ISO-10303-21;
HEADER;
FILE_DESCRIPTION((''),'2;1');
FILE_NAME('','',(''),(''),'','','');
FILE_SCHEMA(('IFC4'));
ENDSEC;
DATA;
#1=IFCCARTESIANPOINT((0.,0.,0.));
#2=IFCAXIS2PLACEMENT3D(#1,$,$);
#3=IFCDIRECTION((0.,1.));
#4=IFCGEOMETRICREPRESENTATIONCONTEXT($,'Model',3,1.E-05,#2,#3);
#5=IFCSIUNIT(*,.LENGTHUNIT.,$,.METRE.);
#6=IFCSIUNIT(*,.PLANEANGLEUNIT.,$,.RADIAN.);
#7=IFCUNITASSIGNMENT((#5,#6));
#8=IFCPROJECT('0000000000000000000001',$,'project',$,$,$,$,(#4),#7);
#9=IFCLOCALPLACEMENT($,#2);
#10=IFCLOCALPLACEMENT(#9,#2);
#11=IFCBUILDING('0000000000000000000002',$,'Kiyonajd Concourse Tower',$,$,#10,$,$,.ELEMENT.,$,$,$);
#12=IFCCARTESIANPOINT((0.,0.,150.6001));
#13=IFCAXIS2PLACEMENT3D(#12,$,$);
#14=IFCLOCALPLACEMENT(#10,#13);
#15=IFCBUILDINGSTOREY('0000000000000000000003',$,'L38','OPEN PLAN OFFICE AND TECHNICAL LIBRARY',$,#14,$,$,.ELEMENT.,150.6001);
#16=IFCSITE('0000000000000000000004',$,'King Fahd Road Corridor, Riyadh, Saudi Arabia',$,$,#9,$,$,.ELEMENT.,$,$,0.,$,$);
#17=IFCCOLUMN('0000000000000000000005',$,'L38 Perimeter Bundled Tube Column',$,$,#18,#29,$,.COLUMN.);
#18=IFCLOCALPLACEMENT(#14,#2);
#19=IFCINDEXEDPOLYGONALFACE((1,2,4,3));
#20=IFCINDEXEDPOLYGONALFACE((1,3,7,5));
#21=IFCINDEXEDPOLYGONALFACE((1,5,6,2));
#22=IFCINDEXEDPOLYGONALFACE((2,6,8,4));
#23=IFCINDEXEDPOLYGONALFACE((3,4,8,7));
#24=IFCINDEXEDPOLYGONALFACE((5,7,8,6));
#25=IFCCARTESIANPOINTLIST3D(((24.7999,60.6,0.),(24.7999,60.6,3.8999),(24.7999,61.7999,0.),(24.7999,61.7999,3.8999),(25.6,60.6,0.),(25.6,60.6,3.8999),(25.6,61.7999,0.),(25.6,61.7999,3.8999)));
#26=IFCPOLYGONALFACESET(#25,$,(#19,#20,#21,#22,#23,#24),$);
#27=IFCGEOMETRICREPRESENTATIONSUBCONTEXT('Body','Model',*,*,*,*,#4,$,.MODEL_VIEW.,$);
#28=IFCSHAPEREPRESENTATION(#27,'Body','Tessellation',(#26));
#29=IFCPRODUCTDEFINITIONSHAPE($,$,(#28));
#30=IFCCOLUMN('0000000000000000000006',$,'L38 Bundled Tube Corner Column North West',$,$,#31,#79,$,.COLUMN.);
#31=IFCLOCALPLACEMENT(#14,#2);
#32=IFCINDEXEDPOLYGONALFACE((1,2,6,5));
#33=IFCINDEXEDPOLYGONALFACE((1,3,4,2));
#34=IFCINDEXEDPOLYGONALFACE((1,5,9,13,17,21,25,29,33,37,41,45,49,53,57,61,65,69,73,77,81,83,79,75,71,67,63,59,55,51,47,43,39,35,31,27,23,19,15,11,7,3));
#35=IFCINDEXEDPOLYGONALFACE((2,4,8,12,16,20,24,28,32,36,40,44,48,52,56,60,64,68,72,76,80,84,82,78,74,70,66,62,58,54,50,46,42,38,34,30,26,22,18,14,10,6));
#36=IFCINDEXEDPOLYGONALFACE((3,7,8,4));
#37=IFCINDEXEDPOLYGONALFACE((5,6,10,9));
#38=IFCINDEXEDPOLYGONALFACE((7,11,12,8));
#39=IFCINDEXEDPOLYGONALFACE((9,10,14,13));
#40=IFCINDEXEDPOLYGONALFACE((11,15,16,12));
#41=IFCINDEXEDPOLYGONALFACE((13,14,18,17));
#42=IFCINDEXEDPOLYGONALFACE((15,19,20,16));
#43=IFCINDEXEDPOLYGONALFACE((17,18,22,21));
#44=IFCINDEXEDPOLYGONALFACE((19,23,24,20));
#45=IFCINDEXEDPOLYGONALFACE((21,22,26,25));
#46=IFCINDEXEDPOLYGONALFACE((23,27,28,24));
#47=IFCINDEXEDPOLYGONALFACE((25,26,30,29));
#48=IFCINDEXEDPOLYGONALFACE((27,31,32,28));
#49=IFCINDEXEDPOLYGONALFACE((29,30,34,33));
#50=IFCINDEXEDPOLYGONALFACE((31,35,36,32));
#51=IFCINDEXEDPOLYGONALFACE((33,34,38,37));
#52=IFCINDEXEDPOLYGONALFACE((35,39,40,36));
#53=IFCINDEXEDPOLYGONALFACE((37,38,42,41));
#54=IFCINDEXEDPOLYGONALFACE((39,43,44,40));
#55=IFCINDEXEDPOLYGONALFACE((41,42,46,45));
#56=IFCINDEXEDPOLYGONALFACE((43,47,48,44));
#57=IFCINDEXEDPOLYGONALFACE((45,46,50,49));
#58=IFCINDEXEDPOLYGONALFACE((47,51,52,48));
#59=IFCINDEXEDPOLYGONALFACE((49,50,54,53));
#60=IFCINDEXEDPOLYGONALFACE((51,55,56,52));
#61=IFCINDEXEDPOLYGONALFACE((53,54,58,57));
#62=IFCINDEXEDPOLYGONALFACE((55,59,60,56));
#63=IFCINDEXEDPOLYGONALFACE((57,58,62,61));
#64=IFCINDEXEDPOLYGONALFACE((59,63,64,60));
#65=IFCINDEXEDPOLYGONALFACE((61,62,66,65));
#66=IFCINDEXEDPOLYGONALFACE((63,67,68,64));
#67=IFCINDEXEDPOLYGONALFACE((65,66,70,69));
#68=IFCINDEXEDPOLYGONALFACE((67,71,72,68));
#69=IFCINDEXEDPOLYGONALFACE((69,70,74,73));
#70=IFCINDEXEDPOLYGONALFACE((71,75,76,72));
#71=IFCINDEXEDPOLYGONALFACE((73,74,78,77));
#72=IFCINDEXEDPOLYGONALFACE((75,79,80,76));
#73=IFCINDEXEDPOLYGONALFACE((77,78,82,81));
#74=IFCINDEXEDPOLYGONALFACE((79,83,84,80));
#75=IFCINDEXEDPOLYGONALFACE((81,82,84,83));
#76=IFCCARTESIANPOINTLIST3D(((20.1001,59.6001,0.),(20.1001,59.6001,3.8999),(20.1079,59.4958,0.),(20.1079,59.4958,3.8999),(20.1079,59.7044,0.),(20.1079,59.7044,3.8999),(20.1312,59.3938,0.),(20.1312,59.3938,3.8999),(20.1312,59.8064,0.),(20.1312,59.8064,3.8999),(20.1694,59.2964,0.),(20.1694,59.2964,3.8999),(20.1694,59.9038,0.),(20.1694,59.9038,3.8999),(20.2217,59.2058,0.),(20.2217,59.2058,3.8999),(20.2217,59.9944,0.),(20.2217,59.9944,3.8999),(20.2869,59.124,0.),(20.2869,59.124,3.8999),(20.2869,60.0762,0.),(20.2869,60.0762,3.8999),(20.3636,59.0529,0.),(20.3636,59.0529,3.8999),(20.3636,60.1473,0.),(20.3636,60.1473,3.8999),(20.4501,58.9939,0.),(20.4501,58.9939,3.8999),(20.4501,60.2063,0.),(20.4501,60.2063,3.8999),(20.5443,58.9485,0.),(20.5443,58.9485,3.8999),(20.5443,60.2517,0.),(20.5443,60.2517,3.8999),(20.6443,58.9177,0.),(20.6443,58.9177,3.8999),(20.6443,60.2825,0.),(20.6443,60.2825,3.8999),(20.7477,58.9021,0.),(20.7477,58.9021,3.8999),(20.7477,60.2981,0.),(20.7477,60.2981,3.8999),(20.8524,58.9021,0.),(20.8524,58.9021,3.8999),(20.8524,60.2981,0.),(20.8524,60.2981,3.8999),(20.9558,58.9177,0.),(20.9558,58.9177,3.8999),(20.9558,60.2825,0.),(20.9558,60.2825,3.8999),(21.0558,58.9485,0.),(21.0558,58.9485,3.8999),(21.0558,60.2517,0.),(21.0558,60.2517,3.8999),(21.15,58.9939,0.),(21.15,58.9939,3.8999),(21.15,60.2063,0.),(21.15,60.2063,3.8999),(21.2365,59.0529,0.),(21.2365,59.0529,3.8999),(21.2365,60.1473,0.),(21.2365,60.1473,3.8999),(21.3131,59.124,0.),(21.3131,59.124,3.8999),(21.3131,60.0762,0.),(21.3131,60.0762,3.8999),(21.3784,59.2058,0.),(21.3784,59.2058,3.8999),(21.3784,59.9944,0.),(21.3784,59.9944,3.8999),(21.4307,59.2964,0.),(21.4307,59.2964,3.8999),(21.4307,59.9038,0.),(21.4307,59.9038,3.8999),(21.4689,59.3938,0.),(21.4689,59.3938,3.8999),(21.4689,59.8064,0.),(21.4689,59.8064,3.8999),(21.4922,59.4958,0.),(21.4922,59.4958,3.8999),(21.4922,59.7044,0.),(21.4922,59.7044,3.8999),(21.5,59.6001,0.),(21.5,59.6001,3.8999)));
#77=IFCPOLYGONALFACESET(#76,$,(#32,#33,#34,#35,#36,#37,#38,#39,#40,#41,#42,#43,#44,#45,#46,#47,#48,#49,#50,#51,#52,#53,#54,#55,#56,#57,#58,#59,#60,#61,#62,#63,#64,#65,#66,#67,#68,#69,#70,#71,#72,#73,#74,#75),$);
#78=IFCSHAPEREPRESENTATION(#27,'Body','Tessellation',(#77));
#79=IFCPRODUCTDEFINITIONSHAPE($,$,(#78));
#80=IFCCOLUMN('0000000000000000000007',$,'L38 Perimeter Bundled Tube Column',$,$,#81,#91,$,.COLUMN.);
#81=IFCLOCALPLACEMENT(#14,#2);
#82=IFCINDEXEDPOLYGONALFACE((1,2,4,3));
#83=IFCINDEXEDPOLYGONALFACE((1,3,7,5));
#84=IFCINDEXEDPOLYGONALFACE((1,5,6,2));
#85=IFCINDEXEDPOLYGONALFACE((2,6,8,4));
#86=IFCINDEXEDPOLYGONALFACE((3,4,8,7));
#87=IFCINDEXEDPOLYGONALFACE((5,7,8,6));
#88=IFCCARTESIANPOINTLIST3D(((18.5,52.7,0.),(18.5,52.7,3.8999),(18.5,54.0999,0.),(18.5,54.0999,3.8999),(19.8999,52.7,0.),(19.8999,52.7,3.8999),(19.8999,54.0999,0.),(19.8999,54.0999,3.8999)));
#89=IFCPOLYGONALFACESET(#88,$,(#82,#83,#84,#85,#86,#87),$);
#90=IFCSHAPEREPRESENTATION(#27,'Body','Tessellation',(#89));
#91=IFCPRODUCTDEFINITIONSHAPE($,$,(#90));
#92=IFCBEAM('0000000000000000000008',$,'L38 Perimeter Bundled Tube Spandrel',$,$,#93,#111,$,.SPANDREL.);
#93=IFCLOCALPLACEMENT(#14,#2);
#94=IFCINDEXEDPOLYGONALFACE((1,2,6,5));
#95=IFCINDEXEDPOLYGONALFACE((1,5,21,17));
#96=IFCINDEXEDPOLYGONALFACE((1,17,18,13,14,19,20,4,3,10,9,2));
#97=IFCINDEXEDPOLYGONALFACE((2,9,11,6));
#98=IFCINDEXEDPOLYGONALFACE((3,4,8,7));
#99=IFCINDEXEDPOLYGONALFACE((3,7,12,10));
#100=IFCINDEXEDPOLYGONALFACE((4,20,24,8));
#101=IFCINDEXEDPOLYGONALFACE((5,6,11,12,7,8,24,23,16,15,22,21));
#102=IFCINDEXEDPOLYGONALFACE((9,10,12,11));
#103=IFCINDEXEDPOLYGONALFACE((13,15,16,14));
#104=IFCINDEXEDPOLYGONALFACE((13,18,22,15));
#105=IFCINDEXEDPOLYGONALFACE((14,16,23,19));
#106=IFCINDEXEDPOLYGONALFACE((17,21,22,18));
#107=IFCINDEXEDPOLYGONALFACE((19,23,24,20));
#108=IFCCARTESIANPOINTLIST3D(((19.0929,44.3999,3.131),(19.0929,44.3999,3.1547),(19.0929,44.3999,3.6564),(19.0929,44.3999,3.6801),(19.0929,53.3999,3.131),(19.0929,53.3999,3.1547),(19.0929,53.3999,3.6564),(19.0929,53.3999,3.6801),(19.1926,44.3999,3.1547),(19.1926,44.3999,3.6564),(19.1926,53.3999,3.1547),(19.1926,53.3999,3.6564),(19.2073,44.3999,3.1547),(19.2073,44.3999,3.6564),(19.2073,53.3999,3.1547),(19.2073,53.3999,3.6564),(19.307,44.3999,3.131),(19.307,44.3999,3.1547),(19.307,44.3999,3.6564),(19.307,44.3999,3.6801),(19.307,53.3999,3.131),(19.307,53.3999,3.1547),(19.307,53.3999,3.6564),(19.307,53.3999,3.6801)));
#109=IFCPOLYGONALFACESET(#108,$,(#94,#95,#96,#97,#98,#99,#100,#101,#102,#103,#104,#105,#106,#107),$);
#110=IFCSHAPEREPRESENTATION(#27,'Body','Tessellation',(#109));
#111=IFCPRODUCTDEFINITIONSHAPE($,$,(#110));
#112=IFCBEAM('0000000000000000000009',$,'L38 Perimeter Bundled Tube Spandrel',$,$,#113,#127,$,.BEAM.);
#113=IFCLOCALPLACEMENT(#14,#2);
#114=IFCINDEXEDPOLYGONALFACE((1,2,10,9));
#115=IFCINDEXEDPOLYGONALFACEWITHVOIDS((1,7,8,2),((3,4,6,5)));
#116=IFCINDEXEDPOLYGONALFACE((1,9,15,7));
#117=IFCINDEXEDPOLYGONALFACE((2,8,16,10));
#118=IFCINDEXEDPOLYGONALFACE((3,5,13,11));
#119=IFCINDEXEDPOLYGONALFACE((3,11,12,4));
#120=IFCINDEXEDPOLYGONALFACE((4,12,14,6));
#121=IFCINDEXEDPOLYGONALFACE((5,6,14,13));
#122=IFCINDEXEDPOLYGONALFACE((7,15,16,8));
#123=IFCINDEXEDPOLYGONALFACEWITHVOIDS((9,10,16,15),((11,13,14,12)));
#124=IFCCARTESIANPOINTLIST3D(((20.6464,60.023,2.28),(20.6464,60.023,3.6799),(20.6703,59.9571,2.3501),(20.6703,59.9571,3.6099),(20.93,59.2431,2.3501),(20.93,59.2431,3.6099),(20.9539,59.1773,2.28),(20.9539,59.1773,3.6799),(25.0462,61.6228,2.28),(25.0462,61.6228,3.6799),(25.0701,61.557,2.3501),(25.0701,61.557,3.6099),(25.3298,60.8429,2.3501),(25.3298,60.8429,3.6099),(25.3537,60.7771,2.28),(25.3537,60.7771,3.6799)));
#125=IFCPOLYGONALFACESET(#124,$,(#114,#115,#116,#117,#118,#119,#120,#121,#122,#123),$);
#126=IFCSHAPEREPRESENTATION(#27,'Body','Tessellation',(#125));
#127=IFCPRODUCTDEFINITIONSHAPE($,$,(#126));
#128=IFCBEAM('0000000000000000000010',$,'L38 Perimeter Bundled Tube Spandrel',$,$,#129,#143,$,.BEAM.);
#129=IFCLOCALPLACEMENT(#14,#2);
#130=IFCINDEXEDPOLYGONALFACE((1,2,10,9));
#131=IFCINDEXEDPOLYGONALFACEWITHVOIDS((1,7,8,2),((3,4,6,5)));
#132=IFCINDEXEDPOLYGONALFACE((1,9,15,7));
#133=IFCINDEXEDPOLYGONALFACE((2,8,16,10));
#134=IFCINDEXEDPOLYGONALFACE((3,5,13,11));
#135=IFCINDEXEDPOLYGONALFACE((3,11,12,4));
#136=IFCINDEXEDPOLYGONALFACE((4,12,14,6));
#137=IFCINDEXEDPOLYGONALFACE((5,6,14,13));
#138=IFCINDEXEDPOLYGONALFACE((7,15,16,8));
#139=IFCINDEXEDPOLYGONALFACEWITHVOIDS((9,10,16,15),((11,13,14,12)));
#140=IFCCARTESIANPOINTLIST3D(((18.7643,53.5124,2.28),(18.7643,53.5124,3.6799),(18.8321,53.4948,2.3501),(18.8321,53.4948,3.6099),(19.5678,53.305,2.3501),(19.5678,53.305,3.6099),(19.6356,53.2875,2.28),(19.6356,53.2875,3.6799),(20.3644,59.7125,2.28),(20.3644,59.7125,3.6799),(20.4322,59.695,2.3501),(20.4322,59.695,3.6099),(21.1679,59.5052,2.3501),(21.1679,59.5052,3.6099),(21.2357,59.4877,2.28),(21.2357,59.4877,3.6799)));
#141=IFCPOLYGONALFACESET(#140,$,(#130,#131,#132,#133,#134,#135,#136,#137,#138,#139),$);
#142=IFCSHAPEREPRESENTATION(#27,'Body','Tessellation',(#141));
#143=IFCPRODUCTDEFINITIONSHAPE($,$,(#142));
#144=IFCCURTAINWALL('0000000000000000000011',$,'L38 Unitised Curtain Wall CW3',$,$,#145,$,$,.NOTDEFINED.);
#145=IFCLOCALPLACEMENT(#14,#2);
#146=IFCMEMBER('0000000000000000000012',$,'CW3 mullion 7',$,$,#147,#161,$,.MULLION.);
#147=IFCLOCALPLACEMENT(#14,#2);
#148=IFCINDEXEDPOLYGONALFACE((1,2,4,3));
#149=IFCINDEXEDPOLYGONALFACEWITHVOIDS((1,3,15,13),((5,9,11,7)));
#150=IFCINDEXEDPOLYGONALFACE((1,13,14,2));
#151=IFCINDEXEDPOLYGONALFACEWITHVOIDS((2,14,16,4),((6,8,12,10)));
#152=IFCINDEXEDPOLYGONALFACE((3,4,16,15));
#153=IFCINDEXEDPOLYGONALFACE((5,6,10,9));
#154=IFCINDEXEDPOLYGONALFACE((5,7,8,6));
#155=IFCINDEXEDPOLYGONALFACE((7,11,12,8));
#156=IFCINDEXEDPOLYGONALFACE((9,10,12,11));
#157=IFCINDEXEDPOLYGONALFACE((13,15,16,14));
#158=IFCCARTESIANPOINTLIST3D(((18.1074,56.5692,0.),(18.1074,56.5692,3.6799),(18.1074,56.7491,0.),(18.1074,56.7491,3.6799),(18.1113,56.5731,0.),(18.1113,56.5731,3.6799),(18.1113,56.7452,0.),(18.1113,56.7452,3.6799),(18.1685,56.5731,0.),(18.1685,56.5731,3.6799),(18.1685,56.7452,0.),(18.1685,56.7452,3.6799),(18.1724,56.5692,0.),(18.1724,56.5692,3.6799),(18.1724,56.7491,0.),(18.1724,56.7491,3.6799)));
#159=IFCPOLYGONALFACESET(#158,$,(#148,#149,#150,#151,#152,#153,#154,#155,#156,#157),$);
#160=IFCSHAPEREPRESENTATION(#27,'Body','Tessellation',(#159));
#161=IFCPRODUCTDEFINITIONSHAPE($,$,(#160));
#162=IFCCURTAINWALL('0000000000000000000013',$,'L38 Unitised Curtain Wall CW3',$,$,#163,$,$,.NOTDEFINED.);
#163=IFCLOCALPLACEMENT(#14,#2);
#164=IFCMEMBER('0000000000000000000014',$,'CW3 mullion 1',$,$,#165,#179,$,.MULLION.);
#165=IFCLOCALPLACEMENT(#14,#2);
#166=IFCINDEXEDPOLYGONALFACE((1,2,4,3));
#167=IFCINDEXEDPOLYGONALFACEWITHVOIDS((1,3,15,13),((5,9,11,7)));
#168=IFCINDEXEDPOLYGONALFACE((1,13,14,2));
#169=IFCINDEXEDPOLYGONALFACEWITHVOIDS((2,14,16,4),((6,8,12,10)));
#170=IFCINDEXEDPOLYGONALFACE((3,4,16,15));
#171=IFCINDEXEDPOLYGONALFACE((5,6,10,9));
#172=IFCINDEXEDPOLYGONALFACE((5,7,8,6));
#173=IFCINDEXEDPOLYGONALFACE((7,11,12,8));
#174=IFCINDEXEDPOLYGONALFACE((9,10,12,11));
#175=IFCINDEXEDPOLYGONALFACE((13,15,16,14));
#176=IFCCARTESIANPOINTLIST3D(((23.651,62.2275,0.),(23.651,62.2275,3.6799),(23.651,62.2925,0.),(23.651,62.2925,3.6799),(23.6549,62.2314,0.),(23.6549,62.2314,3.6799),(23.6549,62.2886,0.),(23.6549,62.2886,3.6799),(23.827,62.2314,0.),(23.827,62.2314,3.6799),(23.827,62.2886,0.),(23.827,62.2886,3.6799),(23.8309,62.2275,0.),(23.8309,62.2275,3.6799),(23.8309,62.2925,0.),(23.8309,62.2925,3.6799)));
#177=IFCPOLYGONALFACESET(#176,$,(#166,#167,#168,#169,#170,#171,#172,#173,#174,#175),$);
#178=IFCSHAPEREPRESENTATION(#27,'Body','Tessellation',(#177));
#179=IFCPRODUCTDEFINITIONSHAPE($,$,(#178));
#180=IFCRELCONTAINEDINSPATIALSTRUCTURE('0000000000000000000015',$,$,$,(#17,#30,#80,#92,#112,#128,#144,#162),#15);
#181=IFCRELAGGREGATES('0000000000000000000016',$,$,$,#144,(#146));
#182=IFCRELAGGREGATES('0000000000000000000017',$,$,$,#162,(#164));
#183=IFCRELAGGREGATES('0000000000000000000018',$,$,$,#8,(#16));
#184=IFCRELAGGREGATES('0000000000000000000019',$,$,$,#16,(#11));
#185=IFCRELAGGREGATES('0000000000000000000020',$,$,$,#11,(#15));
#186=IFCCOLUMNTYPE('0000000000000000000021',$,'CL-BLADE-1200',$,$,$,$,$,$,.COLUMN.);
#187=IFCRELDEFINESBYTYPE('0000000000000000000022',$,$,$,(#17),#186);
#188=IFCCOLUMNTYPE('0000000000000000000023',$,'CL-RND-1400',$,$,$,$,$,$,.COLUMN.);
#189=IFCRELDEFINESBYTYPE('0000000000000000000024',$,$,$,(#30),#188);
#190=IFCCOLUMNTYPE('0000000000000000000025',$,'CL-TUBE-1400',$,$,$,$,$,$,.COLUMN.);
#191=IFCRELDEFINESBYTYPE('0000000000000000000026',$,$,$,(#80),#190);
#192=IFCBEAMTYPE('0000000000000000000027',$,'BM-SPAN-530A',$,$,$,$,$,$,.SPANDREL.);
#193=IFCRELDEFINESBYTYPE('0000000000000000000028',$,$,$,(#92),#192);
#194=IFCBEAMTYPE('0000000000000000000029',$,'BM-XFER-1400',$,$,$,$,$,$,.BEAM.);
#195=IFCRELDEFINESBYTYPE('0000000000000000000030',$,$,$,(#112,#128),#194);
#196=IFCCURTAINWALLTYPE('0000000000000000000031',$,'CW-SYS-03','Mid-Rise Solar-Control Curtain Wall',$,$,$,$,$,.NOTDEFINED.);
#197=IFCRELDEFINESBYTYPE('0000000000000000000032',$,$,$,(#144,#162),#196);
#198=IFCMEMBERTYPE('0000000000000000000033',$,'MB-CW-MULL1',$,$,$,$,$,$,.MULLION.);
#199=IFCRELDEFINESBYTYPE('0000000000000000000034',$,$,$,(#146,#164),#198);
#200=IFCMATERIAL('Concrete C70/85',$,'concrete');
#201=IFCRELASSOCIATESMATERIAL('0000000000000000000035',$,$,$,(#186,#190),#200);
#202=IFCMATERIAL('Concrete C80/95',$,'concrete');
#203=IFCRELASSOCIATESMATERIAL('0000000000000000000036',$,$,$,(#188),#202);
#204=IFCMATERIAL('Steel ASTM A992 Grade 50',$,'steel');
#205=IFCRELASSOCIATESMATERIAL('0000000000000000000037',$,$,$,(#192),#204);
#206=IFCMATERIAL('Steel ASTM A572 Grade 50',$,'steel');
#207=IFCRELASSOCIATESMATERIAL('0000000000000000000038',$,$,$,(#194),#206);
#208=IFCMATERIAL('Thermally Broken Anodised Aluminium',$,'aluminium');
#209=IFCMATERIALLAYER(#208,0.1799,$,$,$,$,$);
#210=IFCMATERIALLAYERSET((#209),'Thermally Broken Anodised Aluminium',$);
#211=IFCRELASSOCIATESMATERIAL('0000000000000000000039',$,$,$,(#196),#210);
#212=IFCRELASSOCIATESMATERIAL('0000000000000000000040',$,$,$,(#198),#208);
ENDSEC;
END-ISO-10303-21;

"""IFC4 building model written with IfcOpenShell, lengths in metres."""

from ifc_helpers import new_model, si_unit, direction, frame, origin, origin_2d, place, context, subcontext, project, spatial, rectangle, hollow_rectangle, circle, i_section, extrude, material, layer, layer_set, material_profile, profile_set, type_object, element, aggregate, save


model = new_model("IFC4")

# Units and contexts
model_context = context("Model", 3, precision=1e-05, world=origin(), true_north=direction((0.0, 1.0)))
body_context = subcontext(model_context, "Body", "Model", "MODEL_VIEW")
ifc_project = project(units=[si_unit("LENGTHUNIT", "METRE"), si_unit("PLANEANGLEUNIT", "RADIAN")], contexts=[model_context])

# Site, building, storey
site_placement = place(None, origin())
site = spatial("IfcSite", under=ifc_project, at=site_placement, Name="King Fahd Road Corridor, Riyadh, Saudi Arabia", CompositionType="ELEMENT", RefElevation=0.0)
building_placement = place(site_placement, origin())
building = spatial("IfcBuilding", under=site, at=building_placement, Name="Kiyonajd Concourse Tower", CompositionType="ELEMENT")
storey_placement = place(building_placement, frame((0.0, 0.0, 150.6001)))
storey = spatial("IfcBuildingStorey", under=building, at=storey_placement, Name="L38", Description="OPEN PLAN OFFICE AND TECHNICAL LIBRARY", CompositionType="ELEMENT", Elevation=150.6001)

# Columns
ifc_material_1 = material(Name="Concrete C70/85", Category="concrete")
ifc_material_profile_1 = material_profile(ifc_material_1, rectangle(XDim=0.8, YDim=1.2, at=origin_2d()), Name="RC-1200x800")
ifc_profile_set_1 = profile_set([ifc_material_profile_1], Name="Concrete C70/85")
column_type_1 = type_object("IfcColumnType", Name="CL-BLADE-1200", PredefinedType="COLUMN", material=ifc_profile_set_1)
column_1_placement = place(storey_placement, frame((25.2, 61.2, 0.0), z_axis=(0.0, 0.0, 1.0), x_axis=(1.0, 0.0, 0.0)))
element("IfcColumn", 1, at=column_1_placement, inside=storey, type_object=column_type_1, Name="L38 Perimeter Bundled Tube Column", PredefinedType="COLUMN", context=body_context, shape_type="SweptSolid", body=[
    extrude(rectangle(XDim=0.8, YDim=1.2, at=origin_2d()), origin(), (0.0, 0.0, 1.0), 3.8999),
])
ifc_material_2 = material(Name="Concrete C80/95", Category="concrete")
ifc_material_profile_2 = material_profile(ifc_material_2, circle(Radius=0.7, at=origin_2d()), Name="RCC-D1400")
ifc_profile_set_2 = profile_set([ifc_material_profile_2], Name="Concrete C80/95")
column_type_2 = type_object("IfcColumnType", Name="CL-RND-1400", PredefinedType="COLUMN", material=ifc_profile_set_2)
column_2_placement = place(storey_placement, frame((20.8, 59.6001, 0.0), z_axis=(0.0, 0.0, 1.0), x_axis=(1.0, 0.0, 0.0)))
element("IfcColumn", 2, at=column_2_placement, inside=storey, type_object=column_type_2, Name="L38 Bundled Tube Corner Column North West", PredefinedType="COLUMN", context=body_context, shape_type="SweptSolid", body=[
    extrude(circle(Radius=0.7, at=origin_2d()), origin(), (0.0, 0.0, 1.0), 3.8999),
])
ifc_material_profile_3 = material_profile(ifc_material_1, rectangle(XDim=1.3999, YDim=1.3999, at=origin_2d()), Name="RC-1400x1400")
ifc_profile_set_3 = profile_set([ifc_material_profile_3], Name="Concrete C70/85")
column_type_3 = type_object("IfcColumnType", Name="CL-TUBE-1400", PredefinedType="COLUMN", material=ifc_profile_set_3)
column_3_placement = place(storey_placement, frame((19.2, 53.3999, 0.0), z_axis=(0.0, 0.0, 1.0), x_axis=(1.0, 0.0, 0.0)))
element("IfcColumn", 3, at=column_3_placement, inside=storey, type_object=column_type_3, Name="L38 Perimeter Bundled Tube Column", PredefinedType="COLUMN", context=body_context, shape_type="SweptSolid", body=[
    extrude(rectangle(XDim=1.3999, YDim=1.3999, at=origin_2d()), origin(), (0.0, 0.0, 1.0), 3.8999),
])

# Beams
ifc_material_3 = material(Name="Steel ASTM A992 Grade 50", Category="steel")
ifc_material_profile_4 = material_profile(ifc_material_3, i_section(OverallWidth=0.2141, OverallDepth=0.5491, WebThickness=0.0146, FlangeThickness=0.0237, at=origin_2d()), Name="W530X138")
ifc_profile_set_4 = profile_set([ifc_material_profile_4], Name="Steel ASTM A992 Grade 50")
beam_type_1 = type_object("IfcBeamType", Name="BM-SPAN-530A", PredefinedType="SPANDREL", material=ifc_profile_set_4)
beam_1_placement = place(storey_placement, frame((19.2, 53.3999, 3.4055), z_axis=(0.0, -1.0, 0.0), x_axis=(1.0, 0.0, 0.0)))
element("IfcBeam", 4, at=beam_1_placement, inside=storey, type_object=beam_type_1, Name="L38 Perimeter Bundled Tube Spandrel", PredefinedType="SPANDREL", context=body_context, shape_type="SweptSolid", body=[
    extrude(i_section(OverallWidth=0.2141, OverallDepth=0.5491, WebThickness=0.0146, FlangeThickness=0.0237, at=origin_2d()), origin(), (0.0, 0.0, 1.0), 9.0),
])
ifc_material_4 = material(Name="Steel ASTM A572 Grade 50", Category="steel")
ifc_material_profile_5 = material_profile(ifc_material_4, hollow_rectangle(XDim=0.8999, YDim=1.3999, WallThickness=0.0701, at=origin_2d()), Name="BOX-1400x900x70")
ifc_profile_set_5 = profile_set([ifc_material_profile_5], Name="Steel ASTM A572 Grade 50")
beam_type_2 = type_object("IfcBeamType", Name="BM-XFER-1400", PredefinedType="BEAM", material=ifc_profile_set_5)
beam_2_placement = place(storey_placement, frame((25.2, 61.2, 2.98), z_axis=(-0.939801, -0.341722, 0.0), x_axis=(0.341722, -0.939801, 0.0)))
element("IfcBeam", 5, at=beam_2_placement, inside=storey, type_object=beam_type_2, Name="L38 Perimeter Bundled Tube Spandrel", PredefinedType="BEAM", context=body_context, shape_type="SweptSolid", body=[
    extrude(hollow_rectangle(XDim=0.8999, YDim=1.3999, WallThickness=0.0701, at=origin_2d()), origin(), (0.0, 0.0, 1.0), 4.6816),
])
beam_3_placement = place(storey_placement, frame((20.8, 59.6001, 2.98), z_axis=(-0.249885, -0.968276, 0.0), x_axis=(0.968276, -0.249885, 0.0)))
element("IfcBeam", 6, at=beam_3_placement, inside=storey, type_object=beam_type_2, Name="L38 Perimeter Bundled Tube Spandrel", PredefinedType="BEAM", context=body_context, shape_type="SweptSolid", body=[
    extrude(hollow_rectangle(XDim=0.8999, YDim=1.3999, WallThickness=0.0701, at=origin_2d()), origin(), (0.0, 0.0, 1.0), 6.4033),
])

# Curtain wall, member
ifc_material_5 = material(Name="Thermally Broken Anodised Aluminium", Category="aluminium")
ifc_layer_1 = layer(ifc_material_5, 0.1799)
ifc_layer_set_1 = layer_set([ifc_layer_1], Name="Thermally Broken Anodised Aluminium")
curtain_wall_type = type_object("IfcCurtainWallType", Name="CW-SYS-03", Description="Mid-Rise Solar-Control Curtain Wall", PredefinedType="NOTDEFINED", material=ifc_layer_set_1)
curtain_wall_1_placement = place(storey_placement, origin())
curtain_wall_1 = element("IfcCurtainWall", 7, at=curtain_wall_1_placement, inside=storey, type_object=curtain_wall_type, Name="L38 Unitised Curtain Wall CW3", PredefinedType="NOTDEFINED")
ifc_material_profile_6 = material_profile(ifc_material_5, hollow_rectangle(XDim=0.0649, YDim=0.1799, WallThickness=0.0039, at=origin_2d()), Name="MULL-65x180")
ifc_profile_set_6 = profile_set([ifc_material_profile_6], Name="Thermally Broken Anodised Aluminium")
member_type_1 = type_object("IfcMemberType", Name="MB-CW-MULL1", PredefinedType="MULLION", material=ifc_profile_set_6)
member_1_placement = place(storey_placement, frame((18.1399, 56.6592, 0.0), z_axis=(0.0, 0.0, 1.0), x_axis=(-1.0, 0.0, 0.0)))
member_1 = element("IfcMember", 8, at=member_1_placement, type_object=member_type_1, Name="CW3 mullion 7", PredefinedType="MULLION", context=body_context, shape_type="SweptSolid", body=[
    extrude(hollow_rectangle(XDim=0.0649, YDim=0.1799, WallThickness=0.0039, at=origin_2d()), origin(), (0.0, 0.0, 1.0), 3.6799),
])

# Curtain wall, member
curtain_wall_2_placement = place(storey_placement, origin())
curtain_wall_2 = element("IfcCurtainWall", 9, at=curtain_wall_2_placement, inside=storey, type_object=curtain_wall_type, Name="L38 Unitised Curtain Wall CW3", PredefinedType="NOTDEFINED")
member_2_placement = place(storey_placement, frame((23.741, 62.26, 0.0), z_axis=(0.0, 0.0, 1.0), x_axis=(0.0, 1.0, 0.0)))
member_2 = element("IfcMember", 10, at=member_2_placement, type_object=member_type_1, Name="CW3 mullion 1", PredefinedType="MULLION", context=body_context, shape_type="SweptSolid", body=[
    extrude(hollow_rectangle(XDim=0.0649, YDim=0.1799, WallThickness=0.0039, at=origin_2d()), origin(), (0.0, 0.0, 1.0), 3.6799),
])

aggregate(curtain_wall_1, [member_1])
aggregate(curtain_wall_2, [member_2])

save(model, "model.ifc")
